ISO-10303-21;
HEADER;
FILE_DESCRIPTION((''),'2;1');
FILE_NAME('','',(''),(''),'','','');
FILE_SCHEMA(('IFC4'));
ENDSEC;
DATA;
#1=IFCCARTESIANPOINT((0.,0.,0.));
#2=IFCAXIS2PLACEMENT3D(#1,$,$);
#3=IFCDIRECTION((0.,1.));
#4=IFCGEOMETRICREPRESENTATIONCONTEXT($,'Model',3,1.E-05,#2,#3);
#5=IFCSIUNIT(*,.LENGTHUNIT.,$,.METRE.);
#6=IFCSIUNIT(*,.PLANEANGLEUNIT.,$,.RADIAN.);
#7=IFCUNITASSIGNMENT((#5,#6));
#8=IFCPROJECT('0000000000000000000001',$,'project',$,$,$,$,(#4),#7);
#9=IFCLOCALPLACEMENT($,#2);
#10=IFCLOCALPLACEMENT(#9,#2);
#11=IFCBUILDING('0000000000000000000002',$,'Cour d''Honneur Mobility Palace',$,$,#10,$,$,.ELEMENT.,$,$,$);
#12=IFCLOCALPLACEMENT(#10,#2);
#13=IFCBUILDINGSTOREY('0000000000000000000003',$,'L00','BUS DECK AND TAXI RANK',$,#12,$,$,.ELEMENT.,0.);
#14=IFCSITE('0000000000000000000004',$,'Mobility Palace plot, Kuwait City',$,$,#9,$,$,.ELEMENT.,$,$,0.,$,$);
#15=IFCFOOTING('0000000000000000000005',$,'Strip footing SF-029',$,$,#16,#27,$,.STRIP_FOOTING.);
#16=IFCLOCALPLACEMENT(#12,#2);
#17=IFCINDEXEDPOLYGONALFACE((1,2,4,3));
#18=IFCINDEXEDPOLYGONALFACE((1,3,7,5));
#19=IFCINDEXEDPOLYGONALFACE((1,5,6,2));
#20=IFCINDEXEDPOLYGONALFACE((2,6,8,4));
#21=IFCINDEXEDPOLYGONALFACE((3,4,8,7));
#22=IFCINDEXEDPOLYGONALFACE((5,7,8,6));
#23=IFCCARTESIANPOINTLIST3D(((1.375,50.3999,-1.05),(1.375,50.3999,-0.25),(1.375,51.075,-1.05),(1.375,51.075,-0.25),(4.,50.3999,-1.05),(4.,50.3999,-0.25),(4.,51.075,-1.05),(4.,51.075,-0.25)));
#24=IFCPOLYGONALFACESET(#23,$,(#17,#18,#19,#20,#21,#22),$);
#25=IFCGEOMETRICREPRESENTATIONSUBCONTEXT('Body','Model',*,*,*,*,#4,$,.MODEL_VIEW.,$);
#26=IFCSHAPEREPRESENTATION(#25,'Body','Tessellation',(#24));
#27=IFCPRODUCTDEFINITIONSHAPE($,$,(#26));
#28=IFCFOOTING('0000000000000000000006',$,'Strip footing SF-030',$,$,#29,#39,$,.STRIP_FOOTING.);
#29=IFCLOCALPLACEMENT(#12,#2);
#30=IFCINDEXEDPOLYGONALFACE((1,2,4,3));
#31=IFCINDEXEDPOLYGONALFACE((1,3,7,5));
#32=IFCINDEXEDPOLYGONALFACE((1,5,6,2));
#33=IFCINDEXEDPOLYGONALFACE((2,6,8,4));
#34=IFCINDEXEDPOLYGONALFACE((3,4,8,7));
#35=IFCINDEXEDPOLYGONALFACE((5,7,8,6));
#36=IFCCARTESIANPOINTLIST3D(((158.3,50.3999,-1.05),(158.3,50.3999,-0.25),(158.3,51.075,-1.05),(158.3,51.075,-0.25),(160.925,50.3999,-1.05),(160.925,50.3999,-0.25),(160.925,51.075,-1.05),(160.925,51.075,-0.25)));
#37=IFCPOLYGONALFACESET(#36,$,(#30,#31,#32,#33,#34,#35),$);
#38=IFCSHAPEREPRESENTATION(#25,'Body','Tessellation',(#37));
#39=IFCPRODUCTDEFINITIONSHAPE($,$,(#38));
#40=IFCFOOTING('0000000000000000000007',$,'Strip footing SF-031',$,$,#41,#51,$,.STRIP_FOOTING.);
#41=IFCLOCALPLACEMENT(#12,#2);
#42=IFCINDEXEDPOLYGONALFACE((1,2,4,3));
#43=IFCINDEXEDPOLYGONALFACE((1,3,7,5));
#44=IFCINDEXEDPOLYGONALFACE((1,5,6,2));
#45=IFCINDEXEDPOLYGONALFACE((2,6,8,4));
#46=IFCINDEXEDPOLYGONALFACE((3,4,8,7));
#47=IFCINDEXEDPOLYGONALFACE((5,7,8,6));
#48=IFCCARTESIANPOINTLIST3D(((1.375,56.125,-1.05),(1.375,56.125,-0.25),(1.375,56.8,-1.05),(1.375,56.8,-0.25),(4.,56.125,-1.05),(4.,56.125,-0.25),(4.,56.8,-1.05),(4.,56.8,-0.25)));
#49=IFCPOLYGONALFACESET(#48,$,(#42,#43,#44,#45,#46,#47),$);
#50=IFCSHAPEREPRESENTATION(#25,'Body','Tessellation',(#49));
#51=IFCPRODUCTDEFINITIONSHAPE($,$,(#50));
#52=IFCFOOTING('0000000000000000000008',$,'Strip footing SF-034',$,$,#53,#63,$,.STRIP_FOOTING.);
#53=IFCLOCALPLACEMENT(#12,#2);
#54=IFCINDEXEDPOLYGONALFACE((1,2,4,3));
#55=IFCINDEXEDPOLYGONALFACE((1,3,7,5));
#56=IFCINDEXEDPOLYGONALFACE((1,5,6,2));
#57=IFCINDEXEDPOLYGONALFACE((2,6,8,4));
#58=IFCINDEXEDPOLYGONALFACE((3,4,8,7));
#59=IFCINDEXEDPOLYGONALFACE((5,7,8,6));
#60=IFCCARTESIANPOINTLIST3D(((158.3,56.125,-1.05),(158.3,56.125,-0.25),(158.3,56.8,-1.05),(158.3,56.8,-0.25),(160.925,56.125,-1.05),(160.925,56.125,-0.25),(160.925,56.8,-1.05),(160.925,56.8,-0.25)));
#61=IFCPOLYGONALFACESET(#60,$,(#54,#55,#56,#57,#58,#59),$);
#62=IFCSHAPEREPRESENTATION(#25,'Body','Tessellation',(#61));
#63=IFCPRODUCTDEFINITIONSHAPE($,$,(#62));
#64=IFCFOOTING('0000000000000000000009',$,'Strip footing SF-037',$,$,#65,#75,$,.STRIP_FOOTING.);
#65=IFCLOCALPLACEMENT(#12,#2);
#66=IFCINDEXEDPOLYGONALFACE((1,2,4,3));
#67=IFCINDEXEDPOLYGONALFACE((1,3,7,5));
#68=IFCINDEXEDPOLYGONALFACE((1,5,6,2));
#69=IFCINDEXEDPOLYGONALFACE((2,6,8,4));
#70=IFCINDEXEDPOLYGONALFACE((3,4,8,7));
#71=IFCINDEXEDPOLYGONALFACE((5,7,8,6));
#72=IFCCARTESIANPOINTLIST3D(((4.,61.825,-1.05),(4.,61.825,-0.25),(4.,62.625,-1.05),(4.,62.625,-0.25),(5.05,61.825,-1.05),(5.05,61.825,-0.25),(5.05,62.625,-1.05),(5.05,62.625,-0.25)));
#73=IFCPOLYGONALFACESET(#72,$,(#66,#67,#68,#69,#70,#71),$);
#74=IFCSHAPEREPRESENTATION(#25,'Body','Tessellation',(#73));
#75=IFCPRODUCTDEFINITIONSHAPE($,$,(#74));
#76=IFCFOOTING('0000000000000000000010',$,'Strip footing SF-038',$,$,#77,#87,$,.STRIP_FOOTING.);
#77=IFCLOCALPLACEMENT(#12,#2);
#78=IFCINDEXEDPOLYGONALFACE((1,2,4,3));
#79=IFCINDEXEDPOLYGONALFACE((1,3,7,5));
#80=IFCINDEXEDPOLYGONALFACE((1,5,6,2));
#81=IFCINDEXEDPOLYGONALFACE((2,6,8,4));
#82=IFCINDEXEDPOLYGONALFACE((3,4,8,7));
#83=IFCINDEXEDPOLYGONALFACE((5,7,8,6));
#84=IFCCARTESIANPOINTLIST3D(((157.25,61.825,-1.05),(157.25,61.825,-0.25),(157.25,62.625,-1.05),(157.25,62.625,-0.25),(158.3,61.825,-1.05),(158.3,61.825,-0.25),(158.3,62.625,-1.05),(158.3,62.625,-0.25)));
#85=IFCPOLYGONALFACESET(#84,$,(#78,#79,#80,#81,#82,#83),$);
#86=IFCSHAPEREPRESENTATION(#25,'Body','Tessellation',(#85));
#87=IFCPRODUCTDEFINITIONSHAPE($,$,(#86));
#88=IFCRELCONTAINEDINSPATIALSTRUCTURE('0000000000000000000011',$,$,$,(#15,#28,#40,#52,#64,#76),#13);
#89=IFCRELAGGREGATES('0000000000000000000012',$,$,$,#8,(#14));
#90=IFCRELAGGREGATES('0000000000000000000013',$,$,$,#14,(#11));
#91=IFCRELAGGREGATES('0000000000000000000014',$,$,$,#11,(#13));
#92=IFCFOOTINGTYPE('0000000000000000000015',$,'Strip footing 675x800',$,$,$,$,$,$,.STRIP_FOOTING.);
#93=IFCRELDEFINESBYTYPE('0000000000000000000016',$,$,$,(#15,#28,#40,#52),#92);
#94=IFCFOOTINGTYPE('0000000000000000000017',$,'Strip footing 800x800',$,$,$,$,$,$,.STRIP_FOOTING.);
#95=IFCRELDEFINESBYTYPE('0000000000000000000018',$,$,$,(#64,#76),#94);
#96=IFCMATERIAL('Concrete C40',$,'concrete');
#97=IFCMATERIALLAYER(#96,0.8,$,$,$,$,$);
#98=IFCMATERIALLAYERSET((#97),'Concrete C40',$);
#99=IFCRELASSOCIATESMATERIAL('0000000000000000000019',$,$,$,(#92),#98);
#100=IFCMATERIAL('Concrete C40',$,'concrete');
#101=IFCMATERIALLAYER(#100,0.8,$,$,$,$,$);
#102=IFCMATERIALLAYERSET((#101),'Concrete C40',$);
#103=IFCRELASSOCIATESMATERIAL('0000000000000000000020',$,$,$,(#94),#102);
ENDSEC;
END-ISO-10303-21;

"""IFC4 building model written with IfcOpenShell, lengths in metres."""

from ifc_helpers import new_model, si_unit, direction, frame, origin, place, context, subcontext, project, spatial, polyline, outline, extrude, material, layer, layer_set, type_object, element, save


model = new_model("IFC4")

# Units and contexts
model_context = context("Model", 3, precision=1e-05, world=origin(), true_north=direction((0.0, 1.0)))
body_context = subcontext(model_context, "Body", "Model", "MODEL_VIEW")
ifc_project = project(units=[si_unit("LENGTHUNIT", "METRE"), si_unit("PLANEANGLEUNIT", "RADIAN")], contexts=[model_context])

# Site, building, storey
site_placement = place(None, origin())
site = spatial("IfcSite", under=ifc_project, at=site_placement, Name="Mobility Palace plot, Kuwait City", CompositionType="ELEMENT", RefElevation=0.0)
building_placement = place(site_placement, origin())
building = spatial("IfcBuilding", under=site, at=building_placement, Name="Cour d'Honneur Mobility Palace", CompositionType="ELEMENT")
storey_placement = place(building_placement, origin())
storey = spatial("IfcBuildingStorey", under=building, at=storey_placement, Name="L00", Description="BUS DECK AND TAXI RANK", CompositionType="ELEMENT", Elevation=0.0)

# Footings
ifc_material_1 = material(Name="Concrete C40", Category="concrete")
ifc_layer_1 = layer(ifc_material_1, 0.8)
ifc_layer_set_1 = layer_set([ifc_layer_1], Name="Concrete C40")
footing_type_1 = type_object("IfcFootingType", Name="Strip footing 675x800", PredefinedType="STRIP_FOOTING", material=ifc_layer_set_1)
footing_1_placement = place(storey_placement, frame((0.0, 0.0, -1.05)))
element("IfcFooting", 1, at=footing_1_placement, inside=storey, type_object=footing_type_1, Name="Strip footing SF-029", PredefinedType="STRIP_FOOTING", context=body_context, shape_type="SweptSolid", body=[
    extrude(outline(polyline([(1.375, 50.3999), (4.0, 50.3999), (4.0, 51.075), (1.375, 51.075), (1.375, 50.3999)])), origin(), (0.0, 0.0, 1.0), 0.8),
])
footing_2_placement = place(storey_placement, frame((0.0, 0.0, -1.05)))
element("IfcFooting", 2, at=footing_2_placement, inside=storey, type_object=footing_type_1, Name="Strip footing SF-030", PredefinedType="STRIP_FOOTING", context=body_context, shape_type="SweptSolid", body=[
    extrude(outline(polyline([(158.3, 50.3999), (160.925, 50.3999), (160.925, 51.075), (158.3, 51.075), (158.3, 50.3999)])), origin(), (0.0, 0.0, 1.0), 0.8),
])
footing_3_placement = place(storey_placement, frame((0.0, 0.0, -1.05)))
element("IfcFooting", 3, at=footing_3_placement, inside=storey, type_object=footing_type_1, Name="Strip footing SF-031", PredefinedType="STRIP_FOOTING", context=body_context, shape_type="SweptSolid", body=[
    extrude(outline(polyline([(1.375, 56.125), (4.0, 56.125), (4.0, 56.8), (1.375, 56.8), (1.375, 56.125)])), origin(), (0.0, 0.0, 1.0), 0.8),
])
footing_4_placement = place(storey_placement, frame((0.0, 0.0, -1.05)))
element("IfcFooting", 4, at=footing_4_placement, inside=storey, type_object=footing_type_1, Name="Strip footing SF-034", PredefinedType="STRIP_FOOTING", context=body_context, shape_type="SweptSolid", body=[
    extrude(outline(polyline([(158.3, 56.125), (160.925, 56.125), (160.925, 56.8), (158.3, 56.8), (158.3, 56.125)])), origin(), (0.0, 0.0, 1.0), 0.8),
])
ifc_material_2 = material(Name="Concrete C40", Category="concrete")
ifc_layer_2 = layer(ifc_material_2, 0.8)
ifc_layer_set_2 = layer_set([ifc_layer_2], Name="Concrete C40")
footing_type_2 = type_object("IfcFootingType", Name="Strip footing 800x800", PredefinedType="STRIP_FOOTING", material=ifc_layer_set_2)
footing_5_placement = place(storey_placement, frame((0.0, 0.0, -1.05)))
element("IfcFooting", 5, at=footing_5_placement, inside=storey, type_object=footing_type_2, Name="Strip footing SF-037", PredefinedType="STRIP_FOOTING", context=body_context, shape_type="SweptSolid", body=[
    extrude(outline(polyline([(4.0, 61.825), (5.05, 61.825), (5.05, 62.625), (4.0, 62.625), (4.0, 61.825)])), origin(), (0.0, 0.0, 1.0), 0.8),
])
footing_6_placement = place(storey_placement, frame((0.0, 0.0, -1.05)))
element("IfcFooting", 6, at=footing_6_placement, inside=storey, type_object=footing_type_2, Name="Strip footing SF-038", PredefinedType="STRIP_FOOTING", context=body_context, shape_type="SweptSolid", body=[
    extrude(outline(polyline([(157.25, 61.825), (158.3, 61.825), (158.3, 62.625), (157.25, 62.625), (157.25, 61.825)])), origin(), (0.0, 0.0, 1.0), 0.8),
])

save(model, "model.ifc")
